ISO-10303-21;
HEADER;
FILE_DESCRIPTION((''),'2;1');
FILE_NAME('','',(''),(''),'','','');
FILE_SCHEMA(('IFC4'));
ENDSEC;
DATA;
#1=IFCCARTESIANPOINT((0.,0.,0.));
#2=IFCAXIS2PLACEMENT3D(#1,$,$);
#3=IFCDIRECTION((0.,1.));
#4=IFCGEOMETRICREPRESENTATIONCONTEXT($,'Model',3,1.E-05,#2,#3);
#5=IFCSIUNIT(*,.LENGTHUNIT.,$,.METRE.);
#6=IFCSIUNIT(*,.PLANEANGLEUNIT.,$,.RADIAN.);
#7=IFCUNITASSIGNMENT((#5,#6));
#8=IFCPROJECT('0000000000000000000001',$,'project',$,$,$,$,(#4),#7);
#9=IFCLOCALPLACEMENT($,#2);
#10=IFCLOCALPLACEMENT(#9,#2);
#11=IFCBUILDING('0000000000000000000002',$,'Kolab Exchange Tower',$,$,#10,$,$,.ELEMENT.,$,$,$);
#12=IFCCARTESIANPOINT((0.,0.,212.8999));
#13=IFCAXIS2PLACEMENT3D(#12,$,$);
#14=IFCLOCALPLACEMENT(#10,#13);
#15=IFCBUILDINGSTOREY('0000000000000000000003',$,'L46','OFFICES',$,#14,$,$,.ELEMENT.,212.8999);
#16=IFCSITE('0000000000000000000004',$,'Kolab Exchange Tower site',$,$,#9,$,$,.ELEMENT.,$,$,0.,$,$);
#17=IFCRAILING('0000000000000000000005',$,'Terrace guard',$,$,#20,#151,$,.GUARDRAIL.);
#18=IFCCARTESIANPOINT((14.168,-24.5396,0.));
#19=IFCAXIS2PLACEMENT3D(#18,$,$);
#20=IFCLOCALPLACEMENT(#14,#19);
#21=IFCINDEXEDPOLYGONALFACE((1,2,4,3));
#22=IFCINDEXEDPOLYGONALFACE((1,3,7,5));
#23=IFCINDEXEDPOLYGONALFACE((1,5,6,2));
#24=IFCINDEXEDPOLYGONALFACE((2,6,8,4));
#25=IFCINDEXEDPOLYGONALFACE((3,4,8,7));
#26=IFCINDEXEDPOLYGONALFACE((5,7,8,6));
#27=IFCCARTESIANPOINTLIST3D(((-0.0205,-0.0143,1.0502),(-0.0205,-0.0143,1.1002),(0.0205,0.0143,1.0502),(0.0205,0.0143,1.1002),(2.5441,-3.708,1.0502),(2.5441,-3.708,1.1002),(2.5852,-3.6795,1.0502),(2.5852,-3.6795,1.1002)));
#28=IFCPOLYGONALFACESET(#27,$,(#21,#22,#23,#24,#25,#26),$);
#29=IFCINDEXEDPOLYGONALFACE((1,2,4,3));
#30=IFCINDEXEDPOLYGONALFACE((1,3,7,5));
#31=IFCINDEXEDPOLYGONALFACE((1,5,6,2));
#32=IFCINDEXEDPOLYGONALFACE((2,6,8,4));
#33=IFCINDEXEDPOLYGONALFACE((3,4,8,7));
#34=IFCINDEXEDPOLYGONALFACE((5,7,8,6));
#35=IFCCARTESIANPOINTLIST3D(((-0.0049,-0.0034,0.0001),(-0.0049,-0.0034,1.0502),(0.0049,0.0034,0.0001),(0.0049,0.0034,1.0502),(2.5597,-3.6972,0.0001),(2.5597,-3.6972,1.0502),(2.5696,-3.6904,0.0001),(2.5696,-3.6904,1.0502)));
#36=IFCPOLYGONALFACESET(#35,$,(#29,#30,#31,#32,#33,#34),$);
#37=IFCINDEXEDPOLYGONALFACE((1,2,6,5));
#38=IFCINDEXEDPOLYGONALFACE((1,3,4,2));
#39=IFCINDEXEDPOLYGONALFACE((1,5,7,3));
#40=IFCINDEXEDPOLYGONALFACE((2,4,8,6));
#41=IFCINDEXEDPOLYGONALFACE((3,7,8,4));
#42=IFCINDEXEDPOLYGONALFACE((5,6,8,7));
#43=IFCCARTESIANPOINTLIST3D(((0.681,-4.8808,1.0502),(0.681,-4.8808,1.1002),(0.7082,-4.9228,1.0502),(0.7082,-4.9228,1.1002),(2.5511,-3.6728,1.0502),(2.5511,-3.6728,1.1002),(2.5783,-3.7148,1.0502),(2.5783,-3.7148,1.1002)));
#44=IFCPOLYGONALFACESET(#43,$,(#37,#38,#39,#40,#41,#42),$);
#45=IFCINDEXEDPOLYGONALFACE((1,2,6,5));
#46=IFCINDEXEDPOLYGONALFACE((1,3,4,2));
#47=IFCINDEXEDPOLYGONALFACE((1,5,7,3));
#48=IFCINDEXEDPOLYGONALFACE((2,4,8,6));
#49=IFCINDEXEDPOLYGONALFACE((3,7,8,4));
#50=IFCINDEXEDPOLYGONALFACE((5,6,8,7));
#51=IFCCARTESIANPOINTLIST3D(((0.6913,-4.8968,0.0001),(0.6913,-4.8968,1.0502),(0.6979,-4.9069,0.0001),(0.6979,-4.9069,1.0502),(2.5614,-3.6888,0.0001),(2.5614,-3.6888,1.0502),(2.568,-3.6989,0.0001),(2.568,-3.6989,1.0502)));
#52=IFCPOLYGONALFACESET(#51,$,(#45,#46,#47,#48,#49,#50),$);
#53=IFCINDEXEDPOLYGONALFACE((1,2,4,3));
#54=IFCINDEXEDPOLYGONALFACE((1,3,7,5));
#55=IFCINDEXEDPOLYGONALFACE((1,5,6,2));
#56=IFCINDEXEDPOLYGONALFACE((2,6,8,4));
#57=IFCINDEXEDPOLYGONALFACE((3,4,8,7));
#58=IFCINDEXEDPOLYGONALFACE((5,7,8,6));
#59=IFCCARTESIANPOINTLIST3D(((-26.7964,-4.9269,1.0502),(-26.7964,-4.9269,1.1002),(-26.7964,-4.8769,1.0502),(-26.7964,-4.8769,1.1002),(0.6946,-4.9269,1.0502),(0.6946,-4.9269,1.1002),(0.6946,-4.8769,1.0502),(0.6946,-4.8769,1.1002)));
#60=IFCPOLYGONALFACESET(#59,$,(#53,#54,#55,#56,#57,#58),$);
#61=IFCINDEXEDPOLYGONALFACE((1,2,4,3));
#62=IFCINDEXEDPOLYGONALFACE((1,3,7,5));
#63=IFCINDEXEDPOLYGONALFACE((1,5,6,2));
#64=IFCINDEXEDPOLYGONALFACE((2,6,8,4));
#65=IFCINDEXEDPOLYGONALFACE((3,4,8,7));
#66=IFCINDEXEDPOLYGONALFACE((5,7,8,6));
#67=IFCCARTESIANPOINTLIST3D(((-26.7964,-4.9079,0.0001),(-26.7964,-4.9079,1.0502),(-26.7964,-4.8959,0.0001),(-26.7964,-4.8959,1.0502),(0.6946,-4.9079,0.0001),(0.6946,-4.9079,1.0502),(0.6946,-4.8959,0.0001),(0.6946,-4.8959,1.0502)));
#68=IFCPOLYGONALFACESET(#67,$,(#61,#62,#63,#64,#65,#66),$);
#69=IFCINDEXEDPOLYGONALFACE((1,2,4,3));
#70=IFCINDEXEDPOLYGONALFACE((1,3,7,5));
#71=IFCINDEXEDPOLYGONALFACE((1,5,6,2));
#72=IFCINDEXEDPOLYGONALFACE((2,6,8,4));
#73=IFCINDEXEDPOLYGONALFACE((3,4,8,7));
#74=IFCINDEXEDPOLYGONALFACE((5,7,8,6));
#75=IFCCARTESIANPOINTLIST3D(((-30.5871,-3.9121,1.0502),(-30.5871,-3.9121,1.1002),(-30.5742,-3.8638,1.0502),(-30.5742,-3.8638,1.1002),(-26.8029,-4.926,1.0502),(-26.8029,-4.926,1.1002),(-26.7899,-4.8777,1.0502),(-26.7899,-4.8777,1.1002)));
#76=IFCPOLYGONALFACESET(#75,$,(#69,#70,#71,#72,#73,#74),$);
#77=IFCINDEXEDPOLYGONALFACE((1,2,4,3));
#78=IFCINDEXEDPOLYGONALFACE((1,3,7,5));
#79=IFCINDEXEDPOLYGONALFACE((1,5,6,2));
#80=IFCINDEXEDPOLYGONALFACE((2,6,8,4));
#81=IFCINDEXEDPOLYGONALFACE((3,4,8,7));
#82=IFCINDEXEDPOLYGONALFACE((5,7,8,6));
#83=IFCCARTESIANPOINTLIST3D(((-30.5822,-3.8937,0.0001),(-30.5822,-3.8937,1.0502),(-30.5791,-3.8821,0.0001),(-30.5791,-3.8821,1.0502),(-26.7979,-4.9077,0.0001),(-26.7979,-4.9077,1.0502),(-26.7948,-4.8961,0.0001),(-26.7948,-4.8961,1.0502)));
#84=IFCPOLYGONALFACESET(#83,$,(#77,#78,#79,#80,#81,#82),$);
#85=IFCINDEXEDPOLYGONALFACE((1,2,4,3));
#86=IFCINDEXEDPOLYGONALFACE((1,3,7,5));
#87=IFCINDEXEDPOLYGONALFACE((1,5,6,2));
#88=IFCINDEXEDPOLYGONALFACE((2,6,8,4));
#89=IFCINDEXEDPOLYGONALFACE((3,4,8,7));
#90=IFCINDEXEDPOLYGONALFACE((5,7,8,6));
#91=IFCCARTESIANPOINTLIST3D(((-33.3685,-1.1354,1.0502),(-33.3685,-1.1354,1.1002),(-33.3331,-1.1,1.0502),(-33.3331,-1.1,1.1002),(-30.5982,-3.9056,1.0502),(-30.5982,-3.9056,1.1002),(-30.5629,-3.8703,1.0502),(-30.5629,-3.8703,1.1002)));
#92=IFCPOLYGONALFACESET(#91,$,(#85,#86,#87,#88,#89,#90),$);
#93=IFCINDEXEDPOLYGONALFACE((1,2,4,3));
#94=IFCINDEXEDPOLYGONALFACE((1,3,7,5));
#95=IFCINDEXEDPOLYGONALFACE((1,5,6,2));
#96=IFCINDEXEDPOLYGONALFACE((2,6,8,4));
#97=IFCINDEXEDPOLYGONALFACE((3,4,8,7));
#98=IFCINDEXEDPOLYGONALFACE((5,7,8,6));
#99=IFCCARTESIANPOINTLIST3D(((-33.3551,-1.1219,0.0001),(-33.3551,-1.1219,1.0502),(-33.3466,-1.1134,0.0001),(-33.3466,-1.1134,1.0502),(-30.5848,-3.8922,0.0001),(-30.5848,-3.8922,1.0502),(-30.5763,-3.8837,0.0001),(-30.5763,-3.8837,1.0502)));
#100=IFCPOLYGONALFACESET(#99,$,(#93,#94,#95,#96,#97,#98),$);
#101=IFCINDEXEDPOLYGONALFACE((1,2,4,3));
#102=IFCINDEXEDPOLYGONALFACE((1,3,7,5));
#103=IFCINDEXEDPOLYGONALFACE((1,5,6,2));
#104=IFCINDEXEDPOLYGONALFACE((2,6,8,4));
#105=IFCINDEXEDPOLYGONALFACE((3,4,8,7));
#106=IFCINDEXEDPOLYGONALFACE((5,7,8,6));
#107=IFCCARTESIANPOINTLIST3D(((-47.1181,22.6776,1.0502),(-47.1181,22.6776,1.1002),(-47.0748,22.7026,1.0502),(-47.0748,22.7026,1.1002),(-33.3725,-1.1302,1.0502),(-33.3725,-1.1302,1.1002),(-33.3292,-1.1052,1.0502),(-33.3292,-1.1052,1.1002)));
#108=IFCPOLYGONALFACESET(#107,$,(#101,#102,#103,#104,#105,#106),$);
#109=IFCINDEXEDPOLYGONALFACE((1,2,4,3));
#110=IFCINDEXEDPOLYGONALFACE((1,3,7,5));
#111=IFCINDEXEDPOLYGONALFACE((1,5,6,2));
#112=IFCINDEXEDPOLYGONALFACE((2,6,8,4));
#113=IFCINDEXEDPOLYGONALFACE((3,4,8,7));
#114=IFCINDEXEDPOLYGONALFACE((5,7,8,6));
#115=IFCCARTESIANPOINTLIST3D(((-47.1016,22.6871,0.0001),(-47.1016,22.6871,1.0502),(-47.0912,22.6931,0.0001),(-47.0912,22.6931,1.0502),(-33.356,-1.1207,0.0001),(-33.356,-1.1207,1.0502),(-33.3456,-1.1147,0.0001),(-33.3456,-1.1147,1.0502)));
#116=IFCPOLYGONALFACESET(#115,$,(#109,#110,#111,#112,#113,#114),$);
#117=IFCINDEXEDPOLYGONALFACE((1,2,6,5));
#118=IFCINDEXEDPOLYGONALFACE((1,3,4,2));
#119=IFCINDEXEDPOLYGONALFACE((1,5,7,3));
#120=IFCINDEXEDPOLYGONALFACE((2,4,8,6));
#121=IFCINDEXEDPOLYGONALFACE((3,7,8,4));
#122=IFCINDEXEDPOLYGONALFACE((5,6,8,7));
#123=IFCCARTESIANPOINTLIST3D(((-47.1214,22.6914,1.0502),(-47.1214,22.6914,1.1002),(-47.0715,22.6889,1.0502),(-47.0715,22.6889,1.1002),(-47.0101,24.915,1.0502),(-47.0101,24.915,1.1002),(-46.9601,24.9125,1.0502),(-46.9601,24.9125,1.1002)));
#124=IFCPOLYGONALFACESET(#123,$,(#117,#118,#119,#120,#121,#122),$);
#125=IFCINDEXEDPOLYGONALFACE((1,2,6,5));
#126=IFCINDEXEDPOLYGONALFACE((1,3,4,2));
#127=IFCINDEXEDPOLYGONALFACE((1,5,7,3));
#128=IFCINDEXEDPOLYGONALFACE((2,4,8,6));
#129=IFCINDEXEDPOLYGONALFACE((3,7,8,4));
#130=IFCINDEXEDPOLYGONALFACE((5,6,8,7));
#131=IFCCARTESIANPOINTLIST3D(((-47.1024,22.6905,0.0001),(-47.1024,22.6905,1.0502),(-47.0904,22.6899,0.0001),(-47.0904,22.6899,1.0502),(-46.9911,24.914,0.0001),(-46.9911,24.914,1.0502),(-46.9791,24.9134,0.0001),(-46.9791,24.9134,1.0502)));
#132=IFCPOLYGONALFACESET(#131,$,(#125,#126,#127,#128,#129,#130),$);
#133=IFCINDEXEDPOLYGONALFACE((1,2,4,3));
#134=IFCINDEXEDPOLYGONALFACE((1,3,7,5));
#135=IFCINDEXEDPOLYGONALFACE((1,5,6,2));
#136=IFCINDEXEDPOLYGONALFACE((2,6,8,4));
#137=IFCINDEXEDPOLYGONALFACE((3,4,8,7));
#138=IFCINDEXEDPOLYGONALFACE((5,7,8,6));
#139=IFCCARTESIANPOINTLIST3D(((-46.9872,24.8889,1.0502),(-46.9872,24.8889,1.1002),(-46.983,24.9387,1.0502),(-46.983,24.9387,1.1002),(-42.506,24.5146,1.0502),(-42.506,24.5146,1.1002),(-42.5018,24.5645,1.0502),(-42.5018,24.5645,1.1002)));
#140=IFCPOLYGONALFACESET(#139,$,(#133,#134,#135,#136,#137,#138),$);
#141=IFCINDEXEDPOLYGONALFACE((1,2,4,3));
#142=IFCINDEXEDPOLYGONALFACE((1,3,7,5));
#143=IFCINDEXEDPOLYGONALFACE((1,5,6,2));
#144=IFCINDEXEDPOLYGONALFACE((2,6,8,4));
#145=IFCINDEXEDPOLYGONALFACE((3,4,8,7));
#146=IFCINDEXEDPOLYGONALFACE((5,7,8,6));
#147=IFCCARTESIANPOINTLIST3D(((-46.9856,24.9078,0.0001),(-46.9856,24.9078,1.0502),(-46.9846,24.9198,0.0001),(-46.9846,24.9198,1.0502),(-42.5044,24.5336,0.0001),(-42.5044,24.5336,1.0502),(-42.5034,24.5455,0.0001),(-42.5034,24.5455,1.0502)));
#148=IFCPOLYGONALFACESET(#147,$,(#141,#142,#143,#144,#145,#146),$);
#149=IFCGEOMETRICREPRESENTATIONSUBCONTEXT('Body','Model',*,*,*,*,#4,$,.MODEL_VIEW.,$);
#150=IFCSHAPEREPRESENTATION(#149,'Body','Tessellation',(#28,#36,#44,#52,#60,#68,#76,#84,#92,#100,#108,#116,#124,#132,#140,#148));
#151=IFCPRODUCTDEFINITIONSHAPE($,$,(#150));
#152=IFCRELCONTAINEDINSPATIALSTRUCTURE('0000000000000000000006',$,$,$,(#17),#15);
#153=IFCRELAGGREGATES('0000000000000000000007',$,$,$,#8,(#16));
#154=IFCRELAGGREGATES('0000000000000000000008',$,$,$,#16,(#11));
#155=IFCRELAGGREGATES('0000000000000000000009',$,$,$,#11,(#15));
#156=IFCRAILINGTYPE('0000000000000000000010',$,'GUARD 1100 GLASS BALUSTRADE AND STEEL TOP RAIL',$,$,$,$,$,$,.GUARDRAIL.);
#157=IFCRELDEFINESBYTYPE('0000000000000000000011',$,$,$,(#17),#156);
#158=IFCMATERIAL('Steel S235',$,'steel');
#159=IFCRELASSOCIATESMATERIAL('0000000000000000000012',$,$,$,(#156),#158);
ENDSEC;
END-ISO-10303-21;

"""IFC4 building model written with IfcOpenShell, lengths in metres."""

from ifc_helpers import new_model, si_unit, direction, frame, frame_2d, origin, origin_2d, place, context, subcontext, project, spatial, rectangle, extrude, material, type_object, element, save


model = new_model("IFC4")

# Units and contexts
model_context = context("Model", 3, precision=1e-05, world=origin(), true_north=direction((0.0, 1.0)))
body_context = subcontext(model_context, "Body", "Model", "MODEL_VIEW")
ifc_project = project(units=[si_unit("LENGTHUNIT", "METRE"), si_unit("PLANEANGLEUNIT", "RADIAN")], contexts=[model_context])

# Site, building, storey
site_placement = place(None, origin())
site = spatial("IfcSite", under=ifc_project, at=site_placement, Name="Kolab Exchange Tower site", CompositionType="ELEMENT", RefElevation=0.0)
building_placement = place(site_placement, origin())
building = spatial("IfcBuilding", under=site, at=building_placement, Name="Kolab Exchange Tower", CompositionType="ELEMENT")
storey_placement = place(building_placement, frame((0.0, 0.0, 212.8999)))
storey = spatial("IfcBuildingStorey", under=building, at=storey_placement, Name="L46", Description="OFFICES", CompositionType="ELEMENT", Elevation=212.8999)

# Shared definitions
ifc_material_1 = material(Name="Steel S235", Category="steel")

# Railing
railing_type = type_object("IfcRailingType", Name="GUARD 1100 GLASS BALUSTRADE AND STEEL TOP RAIL", PredefinedType="GUARDRAIL", material=ifc_material_1)
railing_1_placement = place(storey_placement, frame((14.168, -24.5396, 0.0)))
element("IfcRailing", 1, at=railing_1_placement, inside=storey, type_object=railing_type, Name="Terrace guard", PredefinedType="GUARDRAIL", context=body_context, shape_type="SweptSolid", body=[
    extrude(rectangle(XDim=0.05, YDim=0.05, at=origin_2d()), frame((0.0, 0.0, 1.0752), z_axis=(0.570325, -0.821419, 0.0), x_axis=(0.821419, 0.570325, 0.0)), (0.0, 0.0, 1.0), 4.4968),
    extrude(rectangle(XDim=0.012, YDim=1.0501, at=frame_2d((0.0, 0.5251))), frame((0.0, 0.0, 0.0), z_axis=(0.570325, -0.821419, 0.0), x_axis=(0.821419, 0.570325, 0.0)), (0.0, 0.0, 1.0), 4.4968),
    extrude(rectangle(XDim=0.05, YDim=0.05, at=origin_2d()), frame((2.5647, -3.6938, 1.0752), z_axis=(-0.839994, -0.542596, 0.0), x_axis=(0.542596, -0.839994, 0.0)), (0.0, 0.0, 1.0), 2.2263),
    extrude(rectangle(XDim=0.012, YDim=1.0501, at=frame_2d((0.0, 0.5251))), frame((2.5647, -3.6938, 0.0), z_axis=(-0.839994, -0.542596, 0.0), x_axis=(0.542596, -0.839994, 0.0)), (0.0, 0.0, 1.0), 2.2263),
    extrude(rectangle(XDim=0.05, YDim=0.05, at=origin_2d()), frame((0.6946, -4.9019, 1.0752), z_axis=(-1.0, 0.0, 0.0), x_axis=(0.0, -1.0, 0.0)), (0.0, 0.0, 1.0), 27.491),
    extrude(rectangle(XDim=0.012, YDim=1.0501, at=frame_2d((0.0, 0.5251))), frame((0.6946, -4.9019, 0.0), z_axis=(-1.0, 0.0, 0.0), x_axis=(0.0, -1.0, 0.0)), (0.0, 0.0, 1.0), 27.491),
    extrude(rectangle(XDim=0.05, YDim=0.05, at=origin_2d()), frame((-26.7964, -4.9019, 1.0752), z_axis=(-0.965929, 0.258807, 0.0), x_axis=(-0.258807, -0.965929, 0.0)), (0.0, 0.0, 1.0), 3.9177),
    extrude(rectangle(XDim=0.012, YDim=1.0501, at=frame_2d((0.0, 0.5251))), frame((-26.7964, -4.9019, 0.0), z_axis=(-0.965929, 0.258807, 0.0), x_axis=(-0.258807, -0.965929, 0.0)), (0.0, 0.0, 1.0), 3.9177),
    extrude(rectangle(XDim=0.05, YDim=0.05, at=origin_2d()), frame((-30.5806, -3.8879, 1.0752), z_axis=(-0.707107, 0.707107, 0.0), x_axis=(-0.707107, -0.707107, 0.0)), (0.0, 0.0, 1.0), 3.9177),
    extrude(rectangle(XDim=0.012, YDim=1.0501, at=frame_2d((0.0, 0.5251))), frame((-30.5806, -3.8879, 0.0), z_axis=(-0.707107, 0.707107, 0.0), x_axis=(-0.707107, -0.707107, 0.0)), (0.0, 0.0, 1.0), 3.9177),
    extrude(rectangle(XDim=0.05, YDim=0.05, at=origin_2d()), frame((-33.3508, -1.1177, 1.0752), z_axis=(-0.500004, 0.866023, 0.0), x_axis=(-0.866023, -0.500004, 0.0)), (0.0, 0.0, 1.0), 27.491),
    extrude(rectangle(XDim=0.012, YDim=1.0501, at=frame_2d((0.0, 0.5251))), frame((-33.3508, -1.1177, 0.0), z_axis=(-0.500004, 0.866023, 0.0), x_axis=(-0.866023, -0.500004, 0.0)), (0.0, 0.0, 1.0), 27.491),
    extrude(rectangle(XDim=0.05, YDim=0.05, at=origin_2d()), frame((-47.0964, 22.6902, 1.0752), z_axis=(0.050003, 0.998749, 0.0), x_axis=(-0.998749, 0.050003, 0.0)), (0.0, 0.0, 1.0), 2.2263),
    extrude(rectangle(XDim=0.012, YDim=1.0501, at=frame_2d((0.0, 0.5251))), frame((-47.0964, 22.6902, 0.0), z_axis=(0.050003, 0.998749, 0.0), x_axis=(-0.998749, 0.050003, 0.0)), (0.0, 0.0, 1.0), 2.2263),
    extrude(rectangle(XDim=0.05, YDim=0.05, at=origin_2d()), frame((-46.9851, 24.9138, 1.0752), z_axis=(0.99653, -0.08323, 0.0), x_axis=(0.08323, 0.99653, 0.0)), (0.0, 0.0, 1.0), 4.4968),
    extrude(rectangle(XDim=0.012, YDim=1.0501, at=frame_2d((0.0, 0.5251))), frame((-46.9851, 24.9138, 0.0), z_axis=(0.99653, -0.08323, 0.0), x_axis=(0.08323, 0.99653, 0.0)), (0.0, 0.0, 1.0), 4.4968),
])

save(model, "model.ifc")
